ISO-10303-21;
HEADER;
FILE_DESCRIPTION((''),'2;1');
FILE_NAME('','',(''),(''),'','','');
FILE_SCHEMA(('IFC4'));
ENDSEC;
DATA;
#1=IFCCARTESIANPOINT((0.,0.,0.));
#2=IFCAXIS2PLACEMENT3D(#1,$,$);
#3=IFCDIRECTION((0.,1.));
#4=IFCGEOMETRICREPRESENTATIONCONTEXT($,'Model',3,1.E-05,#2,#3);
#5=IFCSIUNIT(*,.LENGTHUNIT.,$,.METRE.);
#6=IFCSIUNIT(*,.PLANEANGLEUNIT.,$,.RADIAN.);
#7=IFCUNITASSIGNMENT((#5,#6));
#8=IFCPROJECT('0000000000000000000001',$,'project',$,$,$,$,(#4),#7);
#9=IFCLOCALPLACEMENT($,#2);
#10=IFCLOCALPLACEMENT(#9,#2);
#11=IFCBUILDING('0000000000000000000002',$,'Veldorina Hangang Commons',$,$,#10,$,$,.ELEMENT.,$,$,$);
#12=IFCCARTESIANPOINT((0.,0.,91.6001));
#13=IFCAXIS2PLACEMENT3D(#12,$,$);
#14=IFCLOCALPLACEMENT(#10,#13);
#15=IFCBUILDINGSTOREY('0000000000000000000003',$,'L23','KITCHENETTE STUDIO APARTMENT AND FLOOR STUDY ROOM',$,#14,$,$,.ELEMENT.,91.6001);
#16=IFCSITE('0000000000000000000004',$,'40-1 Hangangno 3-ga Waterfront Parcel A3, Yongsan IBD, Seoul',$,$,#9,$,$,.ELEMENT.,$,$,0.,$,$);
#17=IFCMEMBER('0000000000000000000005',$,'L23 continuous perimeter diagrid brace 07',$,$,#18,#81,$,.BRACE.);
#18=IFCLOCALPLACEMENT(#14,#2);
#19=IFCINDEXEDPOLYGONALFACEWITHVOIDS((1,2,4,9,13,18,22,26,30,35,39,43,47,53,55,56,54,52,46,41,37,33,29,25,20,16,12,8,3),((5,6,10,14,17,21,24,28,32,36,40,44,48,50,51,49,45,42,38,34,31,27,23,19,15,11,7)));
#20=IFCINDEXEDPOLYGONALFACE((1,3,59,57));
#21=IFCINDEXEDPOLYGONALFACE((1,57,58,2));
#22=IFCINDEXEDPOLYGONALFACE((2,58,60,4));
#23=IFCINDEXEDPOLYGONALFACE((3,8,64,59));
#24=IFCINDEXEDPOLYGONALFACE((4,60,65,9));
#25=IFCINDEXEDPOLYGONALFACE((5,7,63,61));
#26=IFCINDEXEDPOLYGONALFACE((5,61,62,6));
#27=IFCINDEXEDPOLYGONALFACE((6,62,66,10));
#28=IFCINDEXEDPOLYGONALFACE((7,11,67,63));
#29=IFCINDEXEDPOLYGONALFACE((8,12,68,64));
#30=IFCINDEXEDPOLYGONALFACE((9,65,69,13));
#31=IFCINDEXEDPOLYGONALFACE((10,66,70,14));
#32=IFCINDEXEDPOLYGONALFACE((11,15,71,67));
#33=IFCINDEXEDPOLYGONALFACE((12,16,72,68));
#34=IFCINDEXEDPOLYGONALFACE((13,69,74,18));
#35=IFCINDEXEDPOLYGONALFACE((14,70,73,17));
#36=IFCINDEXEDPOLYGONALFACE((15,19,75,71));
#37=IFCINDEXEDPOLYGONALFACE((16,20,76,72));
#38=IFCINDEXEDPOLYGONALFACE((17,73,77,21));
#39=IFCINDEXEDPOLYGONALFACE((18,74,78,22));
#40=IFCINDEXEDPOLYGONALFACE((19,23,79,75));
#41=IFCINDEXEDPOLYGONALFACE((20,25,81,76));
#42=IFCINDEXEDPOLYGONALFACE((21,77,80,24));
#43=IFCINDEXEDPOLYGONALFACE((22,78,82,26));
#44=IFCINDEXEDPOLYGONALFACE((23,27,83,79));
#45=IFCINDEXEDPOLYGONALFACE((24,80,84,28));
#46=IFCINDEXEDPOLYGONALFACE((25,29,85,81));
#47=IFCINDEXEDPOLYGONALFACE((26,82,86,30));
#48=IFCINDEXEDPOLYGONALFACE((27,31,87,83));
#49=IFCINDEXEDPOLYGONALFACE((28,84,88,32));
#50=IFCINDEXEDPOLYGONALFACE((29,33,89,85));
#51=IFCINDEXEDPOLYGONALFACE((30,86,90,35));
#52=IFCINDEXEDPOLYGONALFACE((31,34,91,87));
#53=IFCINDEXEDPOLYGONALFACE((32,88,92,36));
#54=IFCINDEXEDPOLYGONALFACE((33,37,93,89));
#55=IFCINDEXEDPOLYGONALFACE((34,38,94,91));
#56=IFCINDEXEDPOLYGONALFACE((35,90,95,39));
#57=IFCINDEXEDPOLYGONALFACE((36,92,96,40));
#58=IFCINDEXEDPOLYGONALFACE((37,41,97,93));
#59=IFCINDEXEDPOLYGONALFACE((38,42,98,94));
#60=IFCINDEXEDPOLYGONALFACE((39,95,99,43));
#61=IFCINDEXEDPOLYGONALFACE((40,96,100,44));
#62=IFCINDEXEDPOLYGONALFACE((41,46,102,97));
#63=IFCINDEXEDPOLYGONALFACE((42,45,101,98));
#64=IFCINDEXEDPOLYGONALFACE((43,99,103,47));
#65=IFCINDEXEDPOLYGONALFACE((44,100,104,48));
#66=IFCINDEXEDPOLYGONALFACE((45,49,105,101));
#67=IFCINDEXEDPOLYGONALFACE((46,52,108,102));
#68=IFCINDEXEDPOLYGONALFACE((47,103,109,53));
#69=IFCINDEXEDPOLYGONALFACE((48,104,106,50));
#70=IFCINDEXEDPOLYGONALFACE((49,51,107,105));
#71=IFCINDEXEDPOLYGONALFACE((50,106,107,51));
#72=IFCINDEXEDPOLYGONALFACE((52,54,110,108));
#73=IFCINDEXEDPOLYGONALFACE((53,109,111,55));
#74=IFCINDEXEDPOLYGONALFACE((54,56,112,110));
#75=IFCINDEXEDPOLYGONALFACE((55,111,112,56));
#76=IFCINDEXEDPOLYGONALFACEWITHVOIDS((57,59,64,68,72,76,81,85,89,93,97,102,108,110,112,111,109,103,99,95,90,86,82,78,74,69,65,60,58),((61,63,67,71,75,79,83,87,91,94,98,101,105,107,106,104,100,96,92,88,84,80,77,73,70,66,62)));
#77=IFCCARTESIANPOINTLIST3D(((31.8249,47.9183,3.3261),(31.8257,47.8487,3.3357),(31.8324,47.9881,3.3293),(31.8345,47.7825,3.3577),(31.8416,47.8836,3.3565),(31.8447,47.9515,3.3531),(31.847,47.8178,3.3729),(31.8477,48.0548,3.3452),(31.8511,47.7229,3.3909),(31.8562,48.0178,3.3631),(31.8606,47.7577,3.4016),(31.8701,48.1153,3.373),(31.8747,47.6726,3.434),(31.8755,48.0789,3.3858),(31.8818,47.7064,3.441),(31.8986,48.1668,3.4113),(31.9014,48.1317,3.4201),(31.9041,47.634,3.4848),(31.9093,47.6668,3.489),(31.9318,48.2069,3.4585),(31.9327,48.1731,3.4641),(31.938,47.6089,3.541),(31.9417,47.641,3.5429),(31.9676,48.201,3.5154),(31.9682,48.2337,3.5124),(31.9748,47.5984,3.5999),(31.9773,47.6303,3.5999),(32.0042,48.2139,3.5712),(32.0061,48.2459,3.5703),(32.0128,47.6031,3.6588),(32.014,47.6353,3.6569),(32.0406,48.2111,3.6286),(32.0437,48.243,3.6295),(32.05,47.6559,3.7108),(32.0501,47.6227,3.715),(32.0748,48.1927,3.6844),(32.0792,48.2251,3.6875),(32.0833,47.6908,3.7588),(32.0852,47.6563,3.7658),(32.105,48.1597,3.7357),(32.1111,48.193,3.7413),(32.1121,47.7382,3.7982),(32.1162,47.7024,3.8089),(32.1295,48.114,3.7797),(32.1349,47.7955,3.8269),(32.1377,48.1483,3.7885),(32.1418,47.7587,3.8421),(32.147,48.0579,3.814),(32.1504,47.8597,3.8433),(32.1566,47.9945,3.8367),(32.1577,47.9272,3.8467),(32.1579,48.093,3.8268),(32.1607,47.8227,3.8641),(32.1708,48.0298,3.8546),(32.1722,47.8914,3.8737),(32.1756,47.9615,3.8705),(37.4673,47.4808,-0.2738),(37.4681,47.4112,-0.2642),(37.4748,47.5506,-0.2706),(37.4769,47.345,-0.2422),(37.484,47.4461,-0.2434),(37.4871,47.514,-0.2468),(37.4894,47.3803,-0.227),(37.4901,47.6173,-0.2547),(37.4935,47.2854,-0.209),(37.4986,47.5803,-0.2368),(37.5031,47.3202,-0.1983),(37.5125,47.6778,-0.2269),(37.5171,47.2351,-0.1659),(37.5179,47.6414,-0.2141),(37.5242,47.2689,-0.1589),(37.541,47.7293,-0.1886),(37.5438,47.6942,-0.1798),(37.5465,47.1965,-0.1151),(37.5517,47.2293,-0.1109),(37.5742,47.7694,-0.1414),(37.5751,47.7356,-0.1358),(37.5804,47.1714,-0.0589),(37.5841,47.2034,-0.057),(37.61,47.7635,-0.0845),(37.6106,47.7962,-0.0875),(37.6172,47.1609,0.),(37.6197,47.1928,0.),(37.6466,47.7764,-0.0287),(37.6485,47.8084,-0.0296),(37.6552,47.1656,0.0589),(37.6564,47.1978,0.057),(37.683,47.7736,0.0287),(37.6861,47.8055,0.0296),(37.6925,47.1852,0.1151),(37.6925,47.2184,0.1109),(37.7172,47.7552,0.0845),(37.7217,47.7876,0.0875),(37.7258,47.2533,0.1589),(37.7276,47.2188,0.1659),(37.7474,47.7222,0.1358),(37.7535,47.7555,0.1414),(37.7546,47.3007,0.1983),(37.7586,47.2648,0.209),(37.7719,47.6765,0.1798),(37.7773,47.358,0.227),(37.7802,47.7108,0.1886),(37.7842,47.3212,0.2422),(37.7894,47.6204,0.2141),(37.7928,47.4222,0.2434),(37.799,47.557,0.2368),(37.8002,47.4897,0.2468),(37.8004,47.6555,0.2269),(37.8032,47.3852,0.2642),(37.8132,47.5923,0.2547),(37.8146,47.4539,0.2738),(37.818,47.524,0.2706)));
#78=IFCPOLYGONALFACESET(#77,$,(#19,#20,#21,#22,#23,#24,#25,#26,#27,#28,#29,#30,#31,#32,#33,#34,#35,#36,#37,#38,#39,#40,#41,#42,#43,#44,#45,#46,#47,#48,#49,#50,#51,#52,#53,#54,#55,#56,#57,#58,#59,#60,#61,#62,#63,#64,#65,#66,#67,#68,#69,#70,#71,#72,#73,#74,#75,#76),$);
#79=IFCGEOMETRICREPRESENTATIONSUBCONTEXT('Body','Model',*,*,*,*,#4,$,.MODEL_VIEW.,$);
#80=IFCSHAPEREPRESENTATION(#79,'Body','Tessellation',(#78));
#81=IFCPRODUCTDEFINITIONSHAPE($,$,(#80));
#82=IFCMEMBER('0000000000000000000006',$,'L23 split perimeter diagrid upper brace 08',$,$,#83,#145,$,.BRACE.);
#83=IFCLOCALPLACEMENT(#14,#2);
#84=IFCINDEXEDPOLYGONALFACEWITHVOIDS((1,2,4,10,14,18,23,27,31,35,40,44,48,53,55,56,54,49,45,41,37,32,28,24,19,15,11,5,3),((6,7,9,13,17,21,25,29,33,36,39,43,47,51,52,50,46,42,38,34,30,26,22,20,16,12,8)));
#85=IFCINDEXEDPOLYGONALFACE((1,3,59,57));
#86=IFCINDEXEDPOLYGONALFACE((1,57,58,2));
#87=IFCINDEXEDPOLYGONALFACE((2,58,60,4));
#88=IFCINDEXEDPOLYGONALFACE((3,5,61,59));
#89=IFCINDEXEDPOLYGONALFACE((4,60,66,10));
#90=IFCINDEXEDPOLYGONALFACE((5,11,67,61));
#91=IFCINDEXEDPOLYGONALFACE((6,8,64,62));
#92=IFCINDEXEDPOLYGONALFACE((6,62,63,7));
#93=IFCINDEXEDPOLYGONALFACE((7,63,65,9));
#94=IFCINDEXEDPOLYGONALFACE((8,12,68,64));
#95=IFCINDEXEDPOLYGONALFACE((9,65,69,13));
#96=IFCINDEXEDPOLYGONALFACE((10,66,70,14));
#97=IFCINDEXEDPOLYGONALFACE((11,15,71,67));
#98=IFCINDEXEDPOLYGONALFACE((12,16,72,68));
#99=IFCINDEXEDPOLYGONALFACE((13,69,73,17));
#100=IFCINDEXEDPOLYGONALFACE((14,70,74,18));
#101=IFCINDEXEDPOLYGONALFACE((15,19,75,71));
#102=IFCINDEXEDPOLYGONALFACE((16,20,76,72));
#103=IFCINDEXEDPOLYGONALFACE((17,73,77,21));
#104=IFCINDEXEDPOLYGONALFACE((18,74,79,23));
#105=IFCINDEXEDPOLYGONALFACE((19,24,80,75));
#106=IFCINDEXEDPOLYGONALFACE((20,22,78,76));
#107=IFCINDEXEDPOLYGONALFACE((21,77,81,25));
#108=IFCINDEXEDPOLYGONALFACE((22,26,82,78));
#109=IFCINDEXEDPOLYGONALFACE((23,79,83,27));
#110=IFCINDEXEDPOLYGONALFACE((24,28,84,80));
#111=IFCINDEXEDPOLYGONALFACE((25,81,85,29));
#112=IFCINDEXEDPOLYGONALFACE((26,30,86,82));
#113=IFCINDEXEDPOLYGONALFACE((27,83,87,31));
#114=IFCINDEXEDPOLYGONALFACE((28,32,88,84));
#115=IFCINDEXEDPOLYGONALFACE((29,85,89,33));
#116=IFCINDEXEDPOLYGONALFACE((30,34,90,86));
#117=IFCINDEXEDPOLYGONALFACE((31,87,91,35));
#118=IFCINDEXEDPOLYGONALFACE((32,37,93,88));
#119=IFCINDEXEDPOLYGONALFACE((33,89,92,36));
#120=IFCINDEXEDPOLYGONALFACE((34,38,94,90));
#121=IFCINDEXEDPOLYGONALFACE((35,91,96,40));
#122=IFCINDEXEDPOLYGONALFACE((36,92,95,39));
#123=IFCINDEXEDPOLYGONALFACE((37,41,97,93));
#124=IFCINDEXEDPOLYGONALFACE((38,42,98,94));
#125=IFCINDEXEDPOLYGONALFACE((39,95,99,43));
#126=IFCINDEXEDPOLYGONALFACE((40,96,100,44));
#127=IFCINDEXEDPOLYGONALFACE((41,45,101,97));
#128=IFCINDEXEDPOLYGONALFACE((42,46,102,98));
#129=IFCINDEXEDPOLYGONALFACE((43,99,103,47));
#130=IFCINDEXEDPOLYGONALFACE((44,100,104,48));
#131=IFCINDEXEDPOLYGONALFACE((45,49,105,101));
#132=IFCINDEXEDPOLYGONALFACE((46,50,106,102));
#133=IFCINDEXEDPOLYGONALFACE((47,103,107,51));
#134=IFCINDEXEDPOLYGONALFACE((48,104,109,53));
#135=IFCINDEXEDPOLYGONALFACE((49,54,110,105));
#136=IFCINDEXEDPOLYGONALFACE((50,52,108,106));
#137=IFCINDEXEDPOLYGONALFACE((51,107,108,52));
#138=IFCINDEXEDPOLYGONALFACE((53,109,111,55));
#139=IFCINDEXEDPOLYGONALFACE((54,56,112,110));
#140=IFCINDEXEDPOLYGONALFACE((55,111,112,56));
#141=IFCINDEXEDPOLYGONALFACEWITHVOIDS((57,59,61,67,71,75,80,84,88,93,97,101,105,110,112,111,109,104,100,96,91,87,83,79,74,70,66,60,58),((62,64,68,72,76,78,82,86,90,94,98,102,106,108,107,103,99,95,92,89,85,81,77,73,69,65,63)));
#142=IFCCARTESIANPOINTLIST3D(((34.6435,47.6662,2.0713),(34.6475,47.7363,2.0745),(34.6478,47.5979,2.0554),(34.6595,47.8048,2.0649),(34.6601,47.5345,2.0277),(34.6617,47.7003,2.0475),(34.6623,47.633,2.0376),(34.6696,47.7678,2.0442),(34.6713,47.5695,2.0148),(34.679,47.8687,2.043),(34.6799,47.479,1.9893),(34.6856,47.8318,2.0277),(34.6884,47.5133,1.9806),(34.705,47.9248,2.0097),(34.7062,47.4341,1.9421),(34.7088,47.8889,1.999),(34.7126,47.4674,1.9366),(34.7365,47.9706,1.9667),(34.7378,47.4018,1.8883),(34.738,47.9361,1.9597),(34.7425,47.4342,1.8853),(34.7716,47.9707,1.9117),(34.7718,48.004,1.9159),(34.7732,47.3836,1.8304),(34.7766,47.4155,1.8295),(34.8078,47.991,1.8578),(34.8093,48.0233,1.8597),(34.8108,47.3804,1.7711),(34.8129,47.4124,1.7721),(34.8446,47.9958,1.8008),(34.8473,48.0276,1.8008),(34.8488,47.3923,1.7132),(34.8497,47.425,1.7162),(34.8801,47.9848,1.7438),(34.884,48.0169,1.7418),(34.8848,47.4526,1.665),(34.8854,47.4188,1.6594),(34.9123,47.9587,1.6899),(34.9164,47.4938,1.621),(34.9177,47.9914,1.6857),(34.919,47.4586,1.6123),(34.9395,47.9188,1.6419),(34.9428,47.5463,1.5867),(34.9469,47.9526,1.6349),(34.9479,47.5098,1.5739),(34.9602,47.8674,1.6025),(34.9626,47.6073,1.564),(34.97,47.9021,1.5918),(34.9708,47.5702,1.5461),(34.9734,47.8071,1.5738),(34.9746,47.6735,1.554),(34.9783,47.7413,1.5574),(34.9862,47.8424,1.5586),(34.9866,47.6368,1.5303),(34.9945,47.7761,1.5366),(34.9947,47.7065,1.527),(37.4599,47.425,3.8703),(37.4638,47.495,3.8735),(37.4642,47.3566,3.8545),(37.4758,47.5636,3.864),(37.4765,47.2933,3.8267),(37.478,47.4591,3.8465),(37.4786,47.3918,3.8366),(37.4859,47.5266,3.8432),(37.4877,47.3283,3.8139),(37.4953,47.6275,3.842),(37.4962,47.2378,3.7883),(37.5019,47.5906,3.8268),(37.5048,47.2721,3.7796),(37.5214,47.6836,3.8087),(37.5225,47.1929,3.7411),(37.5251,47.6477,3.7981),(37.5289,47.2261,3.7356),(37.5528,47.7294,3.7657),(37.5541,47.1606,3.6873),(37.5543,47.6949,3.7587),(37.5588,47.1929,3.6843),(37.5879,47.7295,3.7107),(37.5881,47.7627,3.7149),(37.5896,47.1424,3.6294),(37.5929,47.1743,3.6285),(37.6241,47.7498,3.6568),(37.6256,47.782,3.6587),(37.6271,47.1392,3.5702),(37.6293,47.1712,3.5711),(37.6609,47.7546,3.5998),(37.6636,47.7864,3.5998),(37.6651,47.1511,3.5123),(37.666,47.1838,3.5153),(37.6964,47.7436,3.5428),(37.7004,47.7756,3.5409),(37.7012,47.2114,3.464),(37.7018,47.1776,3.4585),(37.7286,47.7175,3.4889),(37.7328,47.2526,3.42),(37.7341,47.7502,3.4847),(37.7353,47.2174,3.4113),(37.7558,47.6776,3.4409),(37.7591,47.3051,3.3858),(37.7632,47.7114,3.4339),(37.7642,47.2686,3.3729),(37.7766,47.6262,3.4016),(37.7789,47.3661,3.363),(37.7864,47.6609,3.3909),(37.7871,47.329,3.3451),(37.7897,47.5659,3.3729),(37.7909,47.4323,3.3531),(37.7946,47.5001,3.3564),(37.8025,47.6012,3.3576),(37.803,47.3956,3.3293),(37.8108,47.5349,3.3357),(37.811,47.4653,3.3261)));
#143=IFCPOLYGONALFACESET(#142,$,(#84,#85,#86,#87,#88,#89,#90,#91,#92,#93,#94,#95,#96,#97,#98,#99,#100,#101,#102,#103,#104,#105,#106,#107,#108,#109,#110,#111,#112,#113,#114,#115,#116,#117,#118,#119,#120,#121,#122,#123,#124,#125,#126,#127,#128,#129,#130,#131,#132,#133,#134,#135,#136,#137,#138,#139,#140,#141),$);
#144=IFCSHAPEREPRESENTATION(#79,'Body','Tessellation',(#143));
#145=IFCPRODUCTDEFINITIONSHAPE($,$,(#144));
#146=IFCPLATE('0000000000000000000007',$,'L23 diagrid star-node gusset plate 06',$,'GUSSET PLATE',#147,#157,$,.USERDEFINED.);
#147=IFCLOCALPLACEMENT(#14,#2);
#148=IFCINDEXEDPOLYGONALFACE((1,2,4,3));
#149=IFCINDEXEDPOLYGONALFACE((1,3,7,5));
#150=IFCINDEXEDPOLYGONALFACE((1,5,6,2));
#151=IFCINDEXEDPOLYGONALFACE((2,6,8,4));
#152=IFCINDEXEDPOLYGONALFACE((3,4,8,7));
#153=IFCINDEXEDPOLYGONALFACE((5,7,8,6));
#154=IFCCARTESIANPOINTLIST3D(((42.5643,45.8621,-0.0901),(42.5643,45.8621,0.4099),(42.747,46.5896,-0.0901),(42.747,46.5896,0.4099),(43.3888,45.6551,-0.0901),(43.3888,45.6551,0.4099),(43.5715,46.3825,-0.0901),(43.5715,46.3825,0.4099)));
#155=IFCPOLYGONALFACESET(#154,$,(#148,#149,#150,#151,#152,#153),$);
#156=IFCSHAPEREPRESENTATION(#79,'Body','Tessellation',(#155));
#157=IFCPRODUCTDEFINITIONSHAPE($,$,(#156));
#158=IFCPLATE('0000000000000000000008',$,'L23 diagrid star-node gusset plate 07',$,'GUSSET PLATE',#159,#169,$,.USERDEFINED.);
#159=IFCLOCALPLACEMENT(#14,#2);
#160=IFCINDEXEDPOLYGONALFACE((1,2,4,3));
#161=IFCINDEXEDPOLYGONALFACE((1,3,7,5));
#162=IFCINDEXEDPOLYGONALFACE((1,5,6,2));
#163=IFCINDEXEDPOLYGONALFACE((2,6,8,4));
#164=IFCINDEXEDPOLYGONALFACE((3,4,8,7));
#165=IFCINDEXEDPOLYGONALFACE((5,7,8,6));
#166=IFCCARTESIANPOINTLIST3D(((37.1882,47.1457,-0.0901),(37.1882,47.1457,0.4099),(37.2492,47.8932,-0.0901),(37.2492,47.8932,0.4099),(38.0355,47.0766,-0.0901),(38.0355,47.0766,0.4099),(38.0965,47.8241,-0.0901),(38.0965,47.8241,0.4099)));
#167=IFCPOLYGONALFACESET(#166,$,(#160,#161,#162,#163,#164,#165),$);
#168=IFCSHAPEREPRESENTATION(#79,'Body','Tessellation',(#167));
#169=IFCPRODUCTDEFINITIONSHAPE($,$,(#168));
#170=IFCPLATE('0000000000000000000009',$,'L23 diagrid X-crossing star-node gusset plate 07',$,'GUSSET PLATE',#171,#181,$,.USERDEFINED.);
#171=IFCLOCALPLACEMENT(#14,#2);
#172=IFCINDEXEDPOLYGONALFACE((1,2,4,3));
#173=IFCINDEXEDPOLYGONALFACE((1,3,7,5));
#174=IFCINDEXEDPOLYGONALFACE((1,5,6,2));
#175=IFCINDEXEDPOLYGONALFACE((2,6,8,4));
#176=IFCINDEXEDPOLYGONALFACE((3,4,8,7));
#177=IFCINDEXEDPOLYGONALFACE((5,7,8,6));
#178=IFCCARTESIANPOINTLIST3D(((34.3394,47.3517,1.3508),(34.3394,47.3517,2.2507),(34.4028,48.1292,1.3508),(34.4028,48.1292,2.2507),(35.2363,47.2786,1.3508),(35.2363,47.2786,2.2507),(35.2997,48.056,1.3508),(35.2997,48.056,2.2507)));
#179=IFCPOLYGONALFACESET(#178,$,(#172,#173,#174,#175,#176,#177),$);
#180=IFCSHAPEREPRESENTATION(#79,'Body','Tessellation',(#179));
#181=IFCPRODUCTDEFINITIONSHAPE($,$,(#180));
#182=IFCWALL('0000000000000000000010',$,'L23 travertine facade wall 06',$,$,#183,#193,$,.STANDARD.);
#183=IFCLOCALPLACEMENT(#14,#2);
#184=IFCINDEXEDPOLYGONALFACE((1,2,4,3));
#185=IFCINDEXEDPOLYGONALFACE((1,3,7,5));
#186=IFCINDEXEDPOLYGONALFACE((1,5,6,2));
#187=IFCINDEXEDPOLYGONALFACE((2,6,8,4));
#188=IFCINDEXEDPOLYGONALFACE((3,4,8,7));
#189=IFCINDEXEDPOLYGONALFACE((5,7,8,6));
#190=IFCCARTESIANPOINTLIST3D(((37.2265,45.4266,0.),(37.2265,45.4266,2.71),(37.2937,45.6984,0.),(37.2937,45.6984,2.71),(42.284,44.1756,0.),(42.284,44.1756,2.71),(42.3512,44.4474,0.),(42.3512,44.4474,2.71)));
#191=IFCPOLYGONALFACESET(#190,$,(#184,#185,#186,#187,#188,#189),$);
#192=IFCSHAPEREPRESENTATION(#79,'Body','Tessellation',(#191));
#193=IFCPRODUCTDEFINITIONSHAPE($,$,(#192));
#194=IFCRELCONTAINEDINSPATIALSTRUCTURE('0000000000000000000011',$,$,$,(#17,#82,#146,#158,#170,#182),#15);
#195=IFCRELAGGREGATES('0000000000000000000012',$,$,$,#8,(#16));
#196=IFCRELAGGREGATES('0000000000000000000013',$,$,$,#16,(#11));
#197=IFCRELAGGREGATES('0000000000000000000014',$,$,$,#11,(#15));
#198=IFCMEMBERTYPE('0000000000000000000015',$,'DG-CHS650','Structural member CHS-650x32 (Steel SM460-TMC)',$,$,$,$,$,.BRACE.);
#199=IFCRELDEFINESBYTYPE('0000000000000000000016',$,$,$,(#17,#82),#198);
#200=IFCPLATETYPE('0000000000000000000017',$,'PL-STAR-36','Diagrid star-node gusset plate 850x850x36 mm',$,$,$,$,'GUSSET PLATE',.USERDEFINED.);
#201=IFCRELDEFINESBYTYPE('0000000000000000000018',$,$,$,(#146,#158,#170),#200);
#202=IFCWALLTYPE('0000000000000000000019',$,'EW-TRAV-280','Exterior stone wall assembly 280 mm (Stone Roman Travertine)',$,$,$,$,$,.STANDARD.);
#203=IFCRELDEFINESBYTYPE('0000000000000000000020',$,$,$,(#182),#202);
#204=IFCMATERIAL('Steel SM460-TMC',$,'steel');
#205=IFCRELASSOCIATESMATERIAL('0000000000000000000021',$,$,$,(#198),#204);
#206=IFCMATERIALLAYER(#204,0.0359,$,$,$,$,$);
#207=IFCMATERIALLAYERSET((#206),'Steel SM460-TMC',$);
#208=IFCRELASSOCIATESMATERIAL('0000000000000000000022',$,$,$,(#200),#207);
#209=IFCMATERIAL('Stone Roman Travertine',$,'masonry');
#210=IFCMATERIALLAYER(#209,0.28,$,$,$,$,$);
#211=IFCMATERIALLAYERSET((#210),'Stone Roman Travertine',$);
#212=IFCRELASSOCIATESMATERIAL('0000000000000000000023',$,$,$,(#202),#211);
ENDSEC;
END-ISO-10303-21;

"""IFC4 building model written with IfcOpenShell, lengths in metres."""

from ifc_helpers import new_model, si_unit, direction, frame, frame_2d, origin, origin_2d, place, context, subcontext, project, spatial, rectangle, hollow_circle, extrude, material, layer, layer_set, material_profile, profile_set, type_object, element, save


model = new_model("IFC4")

# Units and contexts
model_context = context("Model", 3, precision=1e-05, world=origin(), true_north=direction((0.0, 1.0)))
body_context = subcontext(model_context, "Body", "Model", "MODEL_VIEW")
ifc_project = project(units=[si_unit("LENGTHUNIT", "METRE"), si_unit("PLANEANGLEUNIT", "RADIAN")], contexts=[model_context])

# Site, building, storey
site_placement = place(None, origin())
site = spatial("IfcSite", under=ifc_project, at=site_placement, Name="40-1 Hangangno 3-ga Waterfront Parcel A3, Yongsan IBD, Seoul", CompositionType="ELEMENT", RefElevation=0.0)
building_placement = place(site_placement, origin())
building = spatial("IfcBuilding", under=site, at=building_placement, Name="Veldorina Hangang Commons", CompositionType="ELEMENT")
storey_placement = place(building_placement, frame((0.0, 0.0, 91.6001)))
storey = spatial("IfcBuildingStorey", under=building, at=storey_placement, Name="L23", Description="KITCHENETTE STUDIO APARTMENT AND FLOOR STUDY ROOM", CompositionType="ELEMENT", Elevation=91.6001)

# Members
ifc_material_1 = material(Name="Steel SM460-TMC", Category="steel")
ifc_material_profile_1 = material_profile(ifc_material_1, hollow_circle(Radius=0.325, WallThickness=0.032, at=origin_2d()), Name="CHS-650x32")
ifc_profile_set_1 = profile_set([ifc_material_profile_1], Name="Steel SM460-TMC")
member_type = type_object("IfcMemberType", Name="DG-CHS650", Description="Structural member CHS-650x32 (Steel SM460-TMC)", PredefinedType="BRACE", material=ifc_profile_set_1)
member_1_placement = place(storey_placement, frame((37.6423, 47.4849, 0.0), z_axis=(-0.841238, 0.065229, 0.536716), x_axis=(-0.077307, -0.997007, 0.0)))
element("IfcMember", 1, at=member_1_placement, inside=storey, type_object=member_type, Name="L23 continuous perimeter diagrid brace 07", PredefinedType="BRACE", context=body_context, shape_type="SweptSolid", body=[
    extrude(hollow_circle(Radius=0.325, WallThickness=0.032, at=origin_2d()), origin(), (0.0, 0.0, 1.0), 6.7073),
])
member_2_placement = place(storey_placement, frame((34.8196, 47.7039, 1.8008), z_axis=(0.84055, -0.071989, 0.536929), x_axis=(0.085333, 0.996353, 0.0)))
element("IfcMember", 2, at=member_2_placement, inside=storey, type_object=member_type, Name="L23 split perimeter diagrid upper brace 08", PredefinedType="BRACE", context=body_context, shape_type="SweptSolid", body=[
    extrude(hollow_circle(Radius=0.325, WallThickness=0.032, at=origin_2d()), origin(), (0.0, 0.0, 1.0), 3.3506),
])

# Plates
ifc_layer_1 = layer(ifc_material_1, 0.0359)
ifc_layer_set_1 = layer_set([ifc_layer_1], Name="Steel SM460-TMC")
plate_type = type_object("IfcPlateType", Name="PL-STAR-36", Description="Diagrid star-node gusset plate 850x850x36 mm", ElementType="GUSSET PLATE", PredefinedType="USERDEFINED", material=ifc_layer_set_1)
for number, where, z_axis, x_axis, name in (
    (3, (43.0679, 46.1223, -0.0901), (0.0, 0.0, 1.0), (-0.969881, 0.243581, 0.0), "L23 diagrid star-node gusset plate 06"),
    (4, (37.6423, 47.4849, -0.0901), (0.0, 0.0, 1.0), (-0.996692, 0.081277, 0.0), "L23 diagrid star-node gusset plate 07"),
):
    element("IfcPlate", number, at=place(storey_placement, frame(where, z_axis=z_axis, x_axis=x_axis)), inside=storey, type_object=plate_type, Name=name, ObjectType="GUSSET PLATE", PredefinedType="USERDEFINED", context=body_context, shape_type="SweptSolid", body=[
        extrude(rectangle(XDim=0.8501, YDim=0.75, at=origin_2d()), origin(), (0.0, 0.0, 1.0), 0.5),
    ])
plate_placement = place(storey_placement, frame((34.8196, 47.7039, 1.3508), z_axis=(0.0, 0.0, 1.0), x_axis=(-0.996692, 0.081277, 0.0)))
element("IfcPlate", 5, at=plate_placement, inside=storey, type_object=plate_type, Name="L23 diagrid X-crossing star-node gusset plate 07", ObjectType="GUSSET PLATE", PredefinedType="USERDEFINED", context=body_context, shape_type="SweptSolid", body=[
    extrude(rectangle(XDim=0.8999, YDim=0.78, at=origin_2d()), origin(), (0.0, 0.0, 1.0), 0.8999),
])

# Wall
ifc_material_2 = material(Name="Stone Roman Travertine", Category="masonry")
ifc_layer_2 = layer(ifc_material_2, 0.28)
ifc_layer_set_2 = layer_set([ifc_layer_2], Name="Stone Roman Travertine")
wall_type_1 = type_object("IfcWallType", Name="EW-TRAV-280", Description="Exterior stone wall assembly 280 mm (Stone Roman Travertine)", PredefinedType="STANDARD", material=ifc_layer_set_2)
wall_1_placement = place(storey_placement, frame((42.3176, 44.3115, 0.0), z_axis=(0.0, 0.0, 1.0), x_axis=(-0.970746, 0.240109, 0.0)))
element("IfcWall", 6, at=wall_1_placement, inside=storey, type_object=wall_type_1, Name="L23 travertine facade wall 06", PredefinedType="STANDARD", context=body_context, shape_type="SweptSolid", body=[
    extrude(rectangle(XDim=5.21, YDim=0.28, at=frame_2d((2.605, 0.0))), origin(), (0.0, 0.0, 1.0), 2.71),
])

save(model, "model.ifc")
